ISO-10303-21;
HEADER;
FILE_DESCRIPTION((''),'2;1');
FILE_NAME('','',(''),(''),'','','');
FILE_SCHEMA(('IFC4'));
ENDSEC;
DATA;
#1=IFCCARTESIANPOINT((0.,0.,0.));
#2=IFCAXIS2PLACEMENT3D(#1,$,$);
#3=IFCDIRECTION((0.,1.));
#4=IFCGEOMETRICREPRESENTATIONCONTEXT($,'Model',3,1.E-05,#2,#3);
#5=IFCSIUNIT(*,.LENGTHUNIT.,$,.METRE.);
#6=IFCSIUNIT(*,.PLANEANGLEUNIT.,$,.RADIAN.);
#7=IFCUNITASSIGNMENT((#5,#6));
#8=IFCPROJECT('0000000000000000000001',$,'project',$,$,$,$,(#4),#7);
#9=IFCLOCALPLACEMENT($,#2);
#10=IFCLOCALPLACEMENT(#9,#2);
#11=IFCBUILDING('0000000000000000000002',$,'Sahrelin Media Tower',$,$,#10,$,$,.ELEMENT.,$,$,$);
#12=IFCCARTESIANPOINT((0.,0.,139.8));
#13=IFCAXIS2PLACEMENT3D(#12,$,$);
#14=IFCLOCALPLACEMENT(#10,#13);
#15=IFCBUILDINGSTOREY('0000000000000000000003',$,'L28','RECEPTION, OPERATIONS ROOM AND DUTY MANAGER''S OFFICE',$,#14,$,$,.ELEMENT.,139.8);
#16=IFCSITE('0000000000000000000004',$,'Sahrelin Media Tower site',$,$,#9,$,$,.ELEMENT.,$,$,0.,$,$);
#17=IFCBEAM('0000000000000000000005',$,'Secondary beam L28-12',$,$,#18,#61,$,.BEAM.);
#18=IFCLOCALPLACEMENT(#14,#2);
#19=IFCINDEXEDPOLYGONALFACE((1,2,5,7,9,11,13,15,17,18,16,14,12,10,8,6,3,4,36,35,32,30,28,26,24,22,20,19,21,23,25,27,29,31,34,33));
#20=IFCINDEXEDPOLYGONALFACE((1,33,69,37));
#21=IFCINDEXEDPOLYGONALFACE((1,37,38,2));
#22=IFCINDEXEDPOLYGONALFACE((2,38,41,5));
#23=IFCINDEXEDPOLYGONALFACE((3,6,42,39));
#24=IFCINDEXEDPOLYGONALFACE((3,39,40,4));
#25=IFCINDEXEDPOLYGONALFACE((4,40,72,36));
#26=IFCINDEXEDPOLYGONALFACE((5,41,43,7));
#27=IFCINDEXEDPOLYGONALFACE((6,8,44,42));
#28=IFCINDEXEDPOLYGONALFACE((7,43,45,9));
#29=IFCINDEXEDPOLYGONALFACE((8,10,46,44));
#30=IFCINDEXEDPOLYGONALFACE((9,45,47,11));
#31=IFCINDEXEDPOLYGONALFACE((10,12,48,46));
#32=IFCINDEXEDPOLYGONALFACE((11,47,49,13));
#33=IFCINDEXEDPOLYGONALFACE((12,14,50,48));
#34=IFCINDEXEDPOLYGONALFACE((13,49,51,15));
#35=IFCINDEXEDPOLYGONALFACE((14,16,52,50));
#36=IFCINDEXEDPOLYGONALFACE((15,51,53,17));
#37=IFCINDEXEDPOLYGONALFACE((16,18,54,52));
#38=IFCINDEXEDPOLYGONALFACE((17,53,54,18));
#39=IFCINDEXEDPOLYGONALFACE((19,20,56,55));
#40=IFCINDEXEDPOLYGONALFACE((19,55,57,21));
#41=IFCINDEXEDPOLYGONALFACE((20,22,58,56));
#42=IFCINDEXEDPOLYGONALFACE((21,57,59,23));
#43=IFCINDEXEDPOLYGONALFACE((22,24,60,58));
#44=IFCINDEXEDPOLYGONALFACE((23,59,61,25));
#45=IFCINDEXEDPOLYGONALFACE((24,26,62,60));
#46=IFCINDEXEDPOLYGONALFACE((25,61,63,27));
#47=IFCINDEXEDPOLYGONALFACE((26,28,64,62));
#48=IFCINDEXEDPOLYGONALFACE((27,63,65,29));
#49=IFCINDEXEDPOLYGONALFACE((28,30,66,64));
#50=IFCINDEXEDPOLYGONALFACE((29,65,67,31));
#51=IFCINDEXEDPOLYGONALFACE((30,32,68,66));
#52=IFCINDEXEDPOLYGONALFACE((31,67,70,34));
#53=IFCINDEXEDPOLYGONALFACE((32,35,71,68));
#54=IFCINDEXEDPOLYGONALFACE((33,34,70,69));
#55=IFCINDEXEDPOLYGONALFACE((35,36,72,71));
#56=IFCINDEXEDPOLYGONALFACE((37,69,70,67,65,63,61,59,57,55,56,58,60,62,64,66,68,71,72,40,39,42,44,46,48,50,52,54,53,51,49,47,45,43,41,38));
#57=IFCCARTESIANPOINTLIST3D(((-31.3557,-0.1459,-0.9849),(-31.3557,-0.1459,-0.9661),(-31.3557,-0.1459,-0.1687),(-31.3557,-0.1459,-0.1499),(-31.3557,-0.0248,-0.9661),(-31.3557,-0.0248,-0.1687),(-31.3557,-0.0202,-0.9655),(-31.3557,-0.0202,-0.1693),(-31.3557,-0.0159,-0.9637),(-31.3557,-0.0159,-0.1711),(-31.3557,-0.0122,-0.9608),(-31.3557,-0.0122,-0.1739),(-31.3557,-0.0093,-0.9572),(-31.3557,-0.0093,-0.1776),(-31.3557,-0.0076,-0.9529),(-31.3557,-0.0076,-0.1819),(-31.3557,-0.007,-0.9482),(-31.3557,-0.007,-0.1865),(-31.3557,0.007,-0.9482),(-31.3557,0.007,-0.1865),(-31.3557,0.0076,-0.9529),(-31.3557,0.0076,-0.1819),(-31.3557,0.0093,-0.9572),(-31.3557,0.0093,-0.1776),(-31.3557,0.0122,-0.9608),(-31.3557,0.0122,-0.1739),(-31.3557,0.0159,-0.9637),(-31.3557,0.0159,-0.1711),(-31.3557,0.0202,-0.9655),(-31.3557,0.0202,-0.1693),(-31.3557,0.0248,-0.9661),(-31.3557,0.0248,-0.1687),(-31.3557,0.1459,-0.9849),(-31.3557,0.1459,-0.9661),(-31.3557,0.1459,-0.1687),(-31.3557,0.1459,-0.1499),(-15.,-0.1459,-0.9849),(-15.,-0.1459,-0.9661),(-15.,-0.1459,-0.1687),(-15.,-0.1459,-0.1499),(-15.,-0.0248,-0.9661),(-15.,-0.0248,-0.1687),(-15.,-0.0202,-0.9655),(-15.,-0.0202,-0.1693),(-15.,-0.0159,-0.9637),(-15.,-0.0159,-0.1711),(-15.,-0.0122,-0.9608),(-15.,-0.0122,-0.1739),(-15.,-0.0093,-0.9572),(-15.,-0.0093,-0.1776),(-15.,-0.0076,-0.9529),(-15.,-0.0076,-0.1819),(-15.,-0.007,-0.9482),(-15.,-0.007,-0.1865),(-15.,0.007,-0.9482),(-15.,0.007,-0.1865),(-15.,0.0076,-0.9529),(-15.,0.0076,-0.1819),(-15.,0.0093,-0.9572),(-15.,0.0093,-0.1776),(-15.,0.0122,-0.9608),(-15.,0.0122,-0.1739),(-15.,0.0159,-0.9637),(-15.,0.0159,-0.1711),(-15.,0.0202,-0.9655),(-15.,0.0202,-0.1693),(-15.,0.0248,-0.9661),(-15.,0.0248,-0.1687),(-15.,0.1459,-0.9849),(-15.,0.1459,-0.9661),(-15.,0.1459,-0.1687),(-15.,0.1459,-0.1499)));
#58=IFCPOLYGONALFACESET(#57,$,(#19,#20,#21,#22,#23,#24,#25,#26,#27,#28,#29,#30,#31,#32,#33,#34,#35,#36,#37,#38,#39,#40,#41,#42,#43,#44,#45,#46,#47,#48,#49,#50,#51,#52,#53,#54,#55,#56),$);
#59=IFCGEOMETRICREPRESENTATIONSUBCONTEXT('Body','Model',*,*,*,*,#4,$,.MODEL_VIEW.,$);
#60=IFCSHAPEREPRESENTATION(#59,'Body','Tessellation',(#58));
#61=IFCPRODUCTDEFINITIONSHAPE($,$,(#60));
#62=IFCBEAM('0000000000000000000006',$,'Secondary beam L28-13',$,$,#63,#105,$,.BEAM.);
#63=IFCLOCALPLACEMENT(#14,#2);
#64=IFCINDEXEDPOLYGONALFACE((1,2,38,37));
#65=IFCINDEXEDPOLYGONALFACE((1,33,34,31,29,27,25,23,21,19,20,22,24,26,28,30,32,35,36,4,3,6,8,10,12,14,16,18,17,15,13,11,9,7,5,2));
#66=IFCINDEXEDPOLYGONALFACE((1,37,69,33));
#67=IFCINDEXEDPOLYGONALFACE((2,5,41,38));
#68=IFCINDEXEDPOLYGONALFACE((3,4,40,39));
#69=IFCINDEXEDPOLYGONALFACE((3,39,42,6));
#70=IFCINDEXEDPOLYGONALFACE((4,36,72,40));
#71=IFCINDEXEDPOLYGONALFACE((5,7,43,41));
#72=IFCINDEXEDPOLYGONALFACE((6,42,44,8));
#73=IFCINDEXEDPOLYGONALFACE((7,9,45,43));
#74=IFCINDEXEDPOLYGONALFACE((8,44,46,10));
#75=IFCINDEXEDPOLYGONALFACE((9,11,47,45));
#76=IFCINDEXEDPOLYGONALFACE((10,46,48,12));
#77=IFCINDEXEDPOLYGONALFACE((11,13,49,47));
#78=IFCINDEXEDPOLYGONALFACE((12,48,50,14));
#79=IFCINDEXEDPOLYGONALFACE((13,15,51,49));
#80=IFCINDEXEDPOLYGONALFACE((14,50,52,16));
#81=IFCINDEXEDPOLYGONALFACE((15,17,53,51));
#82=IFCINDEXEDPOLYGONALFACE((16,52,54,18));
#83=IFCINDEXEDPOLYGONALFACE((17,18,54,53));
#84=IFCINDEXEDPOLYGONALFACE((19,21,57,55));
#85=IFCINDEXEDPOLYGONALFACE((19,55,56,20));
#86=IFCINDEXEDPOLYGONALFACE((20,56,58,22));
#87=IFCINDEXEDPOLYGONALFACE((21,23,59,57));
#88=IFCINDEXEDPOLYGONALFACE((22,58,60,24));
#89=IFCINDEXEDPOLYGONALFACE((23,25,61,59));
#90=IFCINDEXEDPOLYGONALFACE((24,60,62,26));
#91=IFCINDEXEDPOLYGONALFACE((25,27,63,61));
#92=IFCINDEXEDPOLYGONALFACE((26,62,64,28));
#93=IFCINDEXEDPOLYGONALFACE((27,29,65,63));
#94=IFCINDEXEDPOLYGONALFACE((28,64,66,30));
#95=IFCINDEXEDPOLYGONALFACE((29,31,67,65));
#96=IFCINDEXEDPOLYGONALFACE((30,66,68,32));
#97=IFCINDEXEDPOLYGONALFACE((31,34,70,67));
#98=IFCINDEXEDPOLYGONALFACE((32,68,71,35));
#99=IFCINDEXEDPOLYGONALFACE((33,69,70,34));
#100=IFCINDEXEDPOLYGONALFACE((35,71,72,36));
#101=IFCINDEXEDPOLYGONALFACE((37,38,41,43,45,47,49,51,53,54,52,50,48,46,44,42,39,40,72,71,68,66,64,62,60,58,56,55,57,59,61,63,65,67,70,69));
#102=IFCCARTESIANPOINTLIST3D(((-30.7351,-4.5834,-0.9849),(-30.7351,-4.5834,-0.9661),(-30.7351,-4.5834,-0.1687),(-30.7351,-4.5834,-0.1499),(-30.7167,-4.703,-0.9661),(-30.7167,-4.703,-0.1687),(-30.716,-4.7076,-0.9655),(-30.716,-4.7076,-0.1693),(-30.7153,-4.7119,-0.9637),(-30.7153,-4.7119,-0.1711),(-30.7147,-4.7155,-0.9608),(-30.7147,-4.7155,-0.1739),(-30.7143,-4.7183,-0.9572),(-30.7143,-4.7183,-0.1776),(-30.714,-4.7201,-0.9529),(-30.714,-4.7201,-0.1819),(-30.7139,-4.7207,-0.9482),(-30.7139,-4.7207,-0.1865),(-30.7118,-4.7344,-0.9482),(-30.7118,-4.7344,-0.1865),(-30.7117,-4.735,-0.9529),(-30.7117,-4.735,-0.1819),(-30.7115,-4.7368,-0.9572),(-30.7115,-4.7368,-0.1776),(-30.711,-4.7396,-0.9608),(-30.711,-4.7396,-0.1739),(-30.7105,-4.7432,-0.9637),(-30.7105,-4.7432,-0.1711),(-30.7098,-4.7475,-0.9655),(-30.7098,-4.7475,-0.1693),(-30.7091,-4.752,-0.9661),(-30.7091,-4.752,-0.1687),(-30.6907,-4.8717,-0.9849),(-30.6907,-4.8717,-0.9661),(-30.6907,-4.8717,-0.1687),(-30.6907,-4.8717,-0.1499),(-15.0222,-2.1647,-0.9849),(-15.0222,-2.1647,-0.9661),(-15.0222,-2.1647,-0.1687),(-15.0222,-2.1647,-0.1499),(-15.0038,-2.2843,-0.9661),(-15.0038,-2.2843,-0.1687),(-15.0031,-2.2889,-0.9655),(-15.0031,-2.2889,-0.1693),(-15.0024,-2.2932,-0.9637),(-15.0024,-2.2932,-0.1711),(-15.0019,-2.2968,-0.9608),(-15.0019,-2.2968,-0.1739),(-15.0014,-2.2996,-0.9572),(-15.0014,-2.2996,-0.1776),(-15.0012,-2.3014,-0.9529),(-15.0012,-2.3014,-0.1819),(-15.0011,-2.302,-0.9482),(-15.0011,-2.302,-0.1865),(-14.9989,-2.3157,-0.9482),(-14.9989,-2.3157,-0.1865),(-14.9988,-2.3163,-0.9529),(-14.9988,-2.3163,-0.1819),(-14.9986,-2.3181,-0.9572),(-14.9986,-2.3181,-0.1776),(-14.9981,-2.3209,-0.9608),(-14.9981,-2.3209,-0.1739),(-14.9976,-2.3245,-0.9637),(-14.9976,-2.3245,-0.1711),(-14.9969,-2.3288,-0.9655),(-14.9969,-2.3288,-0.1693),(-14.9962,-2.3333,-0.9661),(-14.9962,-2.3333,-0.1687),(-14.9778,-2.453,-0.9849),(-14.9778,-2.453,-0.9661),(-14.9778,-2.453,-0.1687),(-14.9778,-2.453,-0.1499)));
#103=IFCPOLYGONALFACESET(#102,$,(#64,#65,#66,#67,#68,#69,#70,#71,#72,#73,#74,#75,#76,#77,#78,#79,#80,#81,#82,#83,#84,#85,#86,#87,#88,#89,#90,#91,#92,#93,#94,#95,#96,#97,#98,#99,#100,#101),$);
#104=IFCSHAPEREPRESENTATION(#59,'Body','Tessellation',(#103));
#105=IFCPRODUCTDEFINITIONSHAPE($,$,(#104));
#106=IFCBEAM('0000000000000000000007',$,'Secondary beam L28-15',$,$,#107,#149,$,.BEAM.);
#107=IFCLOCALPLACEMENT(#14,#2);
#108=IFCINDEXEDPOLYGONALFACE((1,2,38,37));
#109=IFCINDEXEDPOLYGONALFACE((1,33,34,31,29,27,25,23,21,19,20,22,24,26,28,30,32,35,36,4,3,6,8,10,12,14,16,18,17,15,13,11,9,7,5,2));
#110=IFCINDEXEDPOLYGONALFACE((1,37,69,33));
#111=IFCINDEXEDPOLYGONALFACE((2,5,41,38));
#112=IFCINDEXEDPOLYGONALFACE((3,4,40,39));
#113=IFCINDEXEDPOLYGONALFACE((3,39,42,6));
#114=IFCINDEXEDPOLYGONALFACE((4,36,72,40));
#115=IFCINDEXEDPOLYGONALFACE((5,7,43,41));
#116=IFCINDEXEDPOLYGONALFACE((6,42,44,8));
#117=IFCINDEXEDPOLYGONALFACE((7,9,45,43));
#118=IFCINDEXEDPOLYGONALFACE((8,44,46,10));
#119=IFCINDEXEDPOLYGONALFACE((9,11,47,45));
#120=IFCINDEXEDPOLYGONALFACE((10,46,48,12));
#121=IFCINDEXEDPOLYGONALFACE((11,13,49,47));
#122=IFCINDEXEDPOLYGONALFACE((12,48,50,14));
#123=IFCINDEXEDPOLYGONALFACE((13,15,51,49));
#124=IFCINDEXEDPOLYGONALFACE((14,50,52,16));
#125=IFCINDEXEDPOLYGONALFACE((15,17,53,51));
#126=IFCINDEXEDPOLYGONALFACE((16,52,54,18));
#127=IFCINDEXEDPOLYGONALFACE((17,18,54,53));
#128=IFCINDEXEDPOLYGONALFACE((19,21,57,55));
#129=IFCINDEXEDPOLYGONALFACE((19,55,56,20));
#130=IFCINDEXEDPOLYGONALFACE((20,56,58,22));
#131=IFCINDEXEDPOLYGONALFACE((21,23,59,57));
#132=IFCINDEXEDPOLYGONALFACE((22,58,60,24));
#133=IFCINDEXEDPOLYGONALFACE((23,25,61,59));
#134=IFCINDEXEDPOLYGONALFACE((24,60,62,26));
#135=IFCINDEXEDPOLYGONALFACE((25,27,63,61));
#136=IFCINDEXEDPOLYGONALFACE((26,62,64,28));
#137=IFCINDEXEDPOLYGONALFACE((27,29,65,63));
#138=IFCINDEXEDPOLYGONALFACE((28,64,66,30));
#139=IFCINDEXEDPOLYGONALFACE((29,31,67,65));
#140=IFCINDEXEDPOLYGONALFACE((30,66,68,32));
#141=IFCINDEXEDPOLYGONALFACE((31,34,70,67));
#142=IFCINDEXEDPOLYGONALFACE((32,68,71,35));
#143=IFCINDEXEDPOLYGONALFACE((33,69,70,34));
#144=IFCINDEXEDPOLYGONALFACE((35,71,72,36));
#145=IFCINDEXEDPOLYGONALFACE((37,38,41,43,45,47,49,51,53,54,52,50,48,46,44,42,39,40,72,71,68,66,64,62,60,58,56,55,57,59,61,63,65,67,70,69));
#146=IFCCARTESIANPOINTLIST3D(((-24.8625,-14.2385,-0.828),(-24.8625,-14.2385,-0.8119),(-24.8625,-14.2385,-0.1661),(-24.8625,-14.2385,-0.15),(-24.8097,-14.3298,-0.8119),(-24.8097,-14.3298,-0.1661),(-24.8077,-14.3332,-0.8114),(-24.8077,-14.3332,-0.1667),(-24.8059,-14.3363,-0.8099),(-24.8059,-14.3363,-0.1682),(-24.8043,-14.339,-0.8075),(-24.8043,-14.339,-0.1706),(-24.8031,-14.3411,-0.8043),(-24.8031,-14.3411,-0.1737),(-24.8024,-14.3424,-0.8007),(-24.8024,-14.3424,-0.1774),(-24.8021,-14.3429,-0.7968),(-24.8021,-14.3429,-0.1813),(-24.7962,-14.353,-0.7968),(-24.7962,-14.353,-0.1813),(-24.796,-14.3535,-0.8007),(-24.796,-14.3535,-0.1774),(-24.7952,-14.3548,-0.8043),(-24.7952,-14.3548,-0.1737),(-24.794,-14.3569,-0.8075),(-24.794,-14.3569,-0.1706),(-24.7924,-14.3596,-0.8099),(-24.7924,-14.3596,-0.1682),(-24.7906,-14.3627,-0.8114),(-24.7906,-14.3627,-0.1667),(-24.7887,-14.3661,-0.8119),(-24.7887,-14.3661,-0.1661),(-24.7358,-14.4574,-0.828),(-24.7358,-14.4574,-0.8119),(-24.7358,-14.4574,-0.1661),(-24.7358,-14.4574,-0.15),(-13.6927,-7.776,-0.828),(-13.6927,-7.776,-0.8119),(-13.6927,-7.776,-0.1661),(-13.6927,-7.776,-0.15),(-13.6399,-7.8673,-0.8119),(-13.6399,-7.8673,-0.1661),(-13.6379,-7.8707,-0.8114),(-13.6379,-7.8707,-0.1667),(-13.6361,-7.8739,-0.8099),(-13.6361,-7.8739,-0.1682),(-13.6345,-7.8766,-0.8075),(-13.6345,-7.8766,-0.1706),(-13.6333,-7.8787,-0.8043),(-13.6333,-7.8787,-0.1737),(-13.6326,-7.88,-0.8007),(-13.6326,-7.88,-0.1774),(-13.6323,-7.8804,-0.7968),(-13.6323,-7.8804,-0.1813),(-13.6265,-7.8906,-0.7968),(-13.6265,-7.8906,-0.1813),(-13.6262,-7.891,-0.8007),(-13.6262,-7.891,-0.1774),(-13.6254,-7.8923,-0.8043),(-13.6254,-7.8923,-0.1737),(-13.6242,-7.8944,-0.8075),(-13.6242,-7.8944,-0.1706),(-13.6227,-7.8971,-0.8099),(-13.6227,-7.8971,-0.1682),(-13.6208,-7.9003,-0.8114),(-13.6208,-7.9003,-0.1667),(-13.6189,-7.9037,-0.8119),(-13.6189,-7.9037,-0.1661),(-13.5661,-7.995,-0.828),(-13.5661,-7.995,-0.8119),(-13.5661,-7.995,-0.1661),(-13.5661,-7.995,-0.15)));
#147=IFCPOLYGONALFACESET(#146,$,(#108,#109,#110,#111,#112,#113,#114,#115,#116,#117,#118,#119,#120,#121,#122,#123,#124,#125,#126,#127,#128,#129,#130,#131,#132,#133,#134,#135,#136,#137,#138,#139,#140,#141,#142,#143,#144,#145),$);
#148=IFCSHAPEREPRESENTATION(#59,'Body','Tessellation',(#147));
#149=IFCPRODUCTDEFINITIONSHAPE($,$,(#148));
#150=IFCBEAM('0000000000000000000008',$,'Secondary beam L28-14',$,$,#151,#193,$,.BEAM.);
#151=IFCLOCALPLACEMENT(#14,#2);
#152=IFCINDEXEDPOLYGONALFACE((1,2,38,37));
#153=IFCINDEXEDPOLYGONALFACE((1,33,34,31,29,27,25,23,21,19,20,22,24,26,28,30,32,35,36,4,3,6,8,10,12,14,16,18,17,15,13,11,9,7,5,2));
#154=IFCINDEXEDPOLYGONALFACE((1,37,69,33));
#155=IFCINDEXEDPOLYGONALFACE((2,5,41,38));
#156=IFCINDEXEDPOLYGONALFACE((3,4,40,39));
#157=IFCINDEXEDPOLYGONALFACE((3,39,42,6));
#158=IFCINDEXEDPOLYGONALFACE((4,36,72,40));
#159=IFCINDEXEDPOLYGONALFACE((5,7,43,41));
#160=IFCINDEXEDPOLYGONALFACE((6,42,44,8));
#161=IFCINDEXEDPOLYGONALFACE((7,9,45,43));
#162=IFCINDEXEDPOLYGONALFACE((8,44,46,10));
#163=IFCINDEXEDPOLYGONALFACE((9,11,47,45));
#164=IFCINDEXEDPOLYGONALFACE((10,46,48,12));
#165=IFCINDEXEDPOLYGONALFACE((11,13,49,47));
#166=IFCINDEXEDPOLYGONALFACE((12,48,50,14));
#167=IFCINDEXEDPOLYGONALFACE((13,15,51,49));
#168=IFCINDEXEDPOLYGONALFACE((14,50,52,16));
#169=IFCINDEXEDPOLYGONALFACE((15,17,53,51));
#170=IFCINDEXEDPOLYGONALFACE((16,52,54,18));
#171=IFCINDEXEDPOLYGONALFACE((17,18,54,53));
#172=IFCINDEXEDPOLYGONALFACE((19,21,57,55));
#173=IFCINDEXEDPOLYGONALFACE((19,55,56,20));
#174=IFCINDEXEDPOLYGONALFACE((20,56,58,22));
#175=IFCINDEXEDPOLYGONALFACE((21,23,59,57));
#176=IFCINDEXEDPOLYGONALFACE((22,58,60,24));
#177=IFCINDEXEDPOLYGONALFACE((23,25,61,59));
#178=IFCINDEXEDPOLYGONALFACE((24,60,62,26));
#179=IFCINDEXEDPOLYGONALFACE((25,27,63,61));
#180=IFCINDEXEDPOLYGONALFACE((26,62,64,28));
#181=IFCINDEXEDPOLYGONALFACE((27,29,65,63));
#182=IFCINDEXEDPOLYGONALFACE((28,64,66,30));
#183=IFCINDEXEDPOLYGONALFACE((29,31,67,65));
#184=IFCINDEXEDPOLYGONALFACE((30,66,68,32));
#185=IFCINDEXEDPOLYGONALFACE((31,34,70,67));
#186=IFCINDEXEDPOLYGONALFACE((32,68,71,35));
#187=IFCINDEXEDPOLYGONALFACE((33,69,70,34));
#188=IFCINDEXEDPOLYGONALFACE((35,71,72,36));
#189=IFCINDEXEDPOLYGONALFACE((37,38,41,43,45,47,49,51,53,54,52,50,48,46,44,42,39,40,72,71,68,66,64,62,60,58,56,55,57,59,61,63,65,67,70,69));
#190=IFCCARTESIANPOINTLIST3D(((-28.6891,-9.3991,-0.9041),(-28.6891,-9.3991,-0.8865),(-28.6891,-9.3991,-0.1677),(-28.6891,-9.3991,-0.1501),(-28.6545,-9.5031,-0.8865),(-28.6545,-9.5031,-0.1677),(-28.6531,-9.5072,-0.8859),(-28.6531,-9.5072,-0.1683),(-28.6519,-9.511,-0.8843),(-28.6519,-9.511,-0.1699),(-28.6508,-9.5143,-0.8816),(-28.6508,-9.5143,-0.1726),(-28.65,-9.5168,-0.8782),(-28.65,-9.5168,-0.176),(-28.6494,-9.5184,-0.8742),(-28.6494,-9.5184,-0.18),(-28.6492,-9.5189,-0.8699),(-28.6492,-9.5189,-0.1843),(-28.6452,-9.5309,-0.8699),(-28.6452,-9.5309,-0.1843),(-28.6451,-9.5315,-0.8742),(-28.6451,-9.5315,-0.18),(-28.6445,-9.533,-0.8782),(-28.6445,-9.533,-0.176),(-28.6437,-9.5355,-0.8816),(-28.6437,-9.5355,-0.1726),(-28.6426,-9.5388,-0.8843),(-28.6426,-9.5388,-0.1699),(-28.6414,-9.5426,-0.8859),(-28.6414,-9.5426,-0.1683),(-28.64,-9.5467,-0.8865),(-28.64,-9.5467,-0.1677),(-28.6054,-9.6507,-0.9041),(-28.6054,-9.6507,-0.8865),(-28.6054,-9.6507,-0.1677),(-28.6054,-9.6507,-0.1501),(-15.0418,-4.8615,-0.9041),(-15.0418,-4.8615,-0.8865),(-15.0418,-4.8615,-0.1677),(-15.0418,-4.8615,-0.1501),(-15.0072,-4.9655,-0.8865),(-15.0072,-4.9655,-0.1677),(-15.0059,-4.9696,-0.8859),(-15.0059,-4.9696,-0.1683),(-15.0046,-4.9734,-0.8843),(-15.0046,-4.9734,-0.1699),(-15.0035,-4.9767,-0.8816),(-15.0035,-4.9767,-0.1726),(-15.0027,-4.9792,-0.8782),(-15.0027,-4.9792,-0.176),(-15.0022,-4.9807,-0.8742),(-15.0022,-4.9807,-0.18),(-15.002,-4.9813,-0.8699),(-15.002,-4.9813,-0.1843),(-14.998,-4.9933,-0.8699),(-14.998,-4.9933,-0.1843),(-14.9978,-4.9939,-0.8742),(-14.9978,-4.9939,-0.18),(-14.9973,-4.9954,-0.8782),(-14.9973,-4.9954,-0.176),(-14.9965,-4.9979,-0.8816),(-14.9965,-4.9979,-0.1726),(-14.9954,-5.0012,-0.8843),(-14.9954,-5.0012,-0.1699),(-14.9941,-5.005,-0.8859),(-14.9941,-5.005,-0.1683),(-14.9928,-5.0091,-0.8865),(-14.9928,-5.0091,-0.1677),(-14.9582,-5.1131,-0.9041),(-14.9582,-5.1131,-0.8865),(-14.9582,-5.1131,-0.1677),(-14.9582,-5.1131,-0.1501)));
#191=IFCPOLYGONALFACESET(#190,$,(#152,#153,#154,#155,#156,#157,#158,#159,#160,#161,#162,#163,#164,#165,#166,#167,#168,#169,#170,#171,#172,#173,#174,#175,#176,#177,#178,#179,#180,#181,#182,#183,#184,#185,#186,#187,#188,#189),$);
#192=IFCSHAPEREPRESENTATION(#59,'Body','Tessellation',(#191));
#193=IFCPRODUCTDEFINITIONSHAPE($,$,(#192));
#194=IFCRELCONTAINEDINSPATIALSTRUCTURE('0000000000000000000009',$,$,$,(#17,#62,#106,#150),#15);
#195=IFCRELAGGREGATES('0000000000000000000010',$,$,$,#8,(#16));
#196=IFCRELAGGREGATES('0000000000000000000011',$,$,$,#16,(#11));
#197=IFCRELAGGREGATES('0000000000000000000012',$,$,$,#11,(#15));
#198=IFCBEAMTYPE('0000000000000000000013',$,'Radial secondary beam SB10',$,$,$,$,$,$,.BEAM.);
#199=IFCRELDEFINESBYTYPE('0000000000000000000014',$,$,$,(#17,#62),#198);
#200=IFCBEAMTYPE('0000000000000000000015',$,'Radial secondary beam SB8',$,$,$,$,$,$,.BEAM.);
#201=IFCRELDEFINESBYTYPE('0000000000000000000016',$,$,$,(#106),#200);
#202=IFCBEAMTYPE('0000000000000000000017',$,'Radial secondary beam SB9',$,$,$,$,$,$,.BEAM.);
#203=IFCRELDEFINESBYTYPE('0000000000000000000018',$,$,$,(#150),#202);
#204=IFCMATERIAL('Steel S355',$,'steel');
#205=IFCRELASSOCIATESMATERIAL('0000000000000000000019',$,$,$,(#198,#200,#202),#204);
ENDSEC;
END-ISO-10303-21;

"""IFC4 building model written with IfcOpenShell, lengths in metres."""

from ifc_helpers import new_model, si_unit, direction, frame, origin, origin_2d, place, context, subcontext, project, spatial, i_section, extrude, material, material_profile, profile_set, type_object, element, save


model = new_model("IFC4")

# Units and contexts
model_context = context("Model", 3, precision=1e-05, world=origin(), true_north=direction((0.0, 1.0)))
body_context = subcontext(model_context, "Body", "Model", "MODEL_VIEW")
ifc_project = project(units=[si_unit("LENGTHUNIT", "METRE"), si_unit("PLANEANGLEUNIT", "RADIAN")], contexts=[model_context])

# Site, building, storey
site_placement = place(None, origin())
site = spatial("IfcSite", under=ifc_project, at=site_placement, Name="Sahrelin Media Tower site", CompositionType="ELEMENT", RefElevation=0.0)
building_placement = place(site_placement, origin())
building = spatial("IfcBuilding", under=site, at=building_placement, Name="Sahrelin Media Tower", CompositionType="ELEMENT")
storey_placement = place(building_placement, frame((0.0, 0.0, 139.8)))
storey = spatial("IfcBuildingStorey", under=building, at=storey_placement, Name="L28", Description="RECEPTION, OPERATIONS ROOM AND DUTY MANAGER'S OFFICE", CompositionType="ELEMENT", Elevation=139.8)

# Beams
ifc_material_1 = material(Name="Steel S355", Category="steel")
ifc_material_profile_1 = material_profile(ifc_material_1, i_section(OverallWidth=0.2917, OverallDepth=0.835, WebThickness=0.0139, FlangeThickness=0.0188, FilletRadius=0.0178, at=origin_2d()), Name="UB 838x292x176")
ifc_profile_set_1 = profile_set([ifc_material_profile_1], Name="Steel S355")
beam_type_1 = type_object("IfcBeamType", Name="Radial secondary beam SB10", PredefinedType="BEAM", material=ifc_profile_set_1)
beam_1_placement = place(storey_placement, frame((-15.0, 0.0, -0.5674), z_axis=(-1.0, 0.0, 0.0), x_axis=(0.0, -1.0, 0.0)))
element("IfcBeam", 1, at=beam_1_placement, inside=storey, type_object=beam_type_1, Name="Secondary beam L28-12", PredefinedType="BEAM", context=body_context, shape_type="SweptSolid", body=[
    extrude(i_section(OverallWidth=0.2917, OverallDepth=0.835, WebThickness=0.0139, FlangeThickness=0.0188, FilletRadius=0.0178, at=origin_2d()), origin(), (0.0, 0.0, 1.0), 16.3557),
])
beam_2_placement = place(storey_placement, frame((-15.0, -2.3088, -0.5674), z_axis=(-0.988359, -0.152139, 0.0), x_axis=(0.152139, -0.988359, 0.0)))
element("IfcBeam", 2, at=beam_2_placement, inside=storey, type_object=beam_type_1, Name="Secondary beam L28-13", PredefinedType="BEAM", context=body_context, shape_type="SweptSolid", body=[
    extrude(i_section(OverallWidth=0.2917, OverallDepth=0.835, WebThickness=0.0139, FlangeThickness=0.0188, FilletRadius=0.0178, at=origin_2d()), origin(), (0.0, 0.0, 1.0), 15.8979),
])
ifc_material_profile_2 = material_profile(ifc_material_1, i_section(OverallWidth=0.2529, OverallDepth=0.678, WebThickness=0.0117, FlangeThickness=0.0161, FilletRadius=0.0151, at=origin_2d()), Name="UB 686x254x125")
ifc_profile_set_2 = profile_set([ifc_material_profile_2], Name="Steel S355")
beam_type_2 = type_object("IfcBeamType", Name="Radial secondary beam SB8", PredefinedType="BEAM", material=ifc_profile_set_2)
beam_3_placement = place(storey_placement, frame((-13.6294, -7.8855, -0.489), z_axis=(-0.865569, -0.500789, 0.0), x_axis=(0.500789, -0.865569, 0.0)))
element("IfcBeam", 3, at=beam_3_placement, inside=storey, type_object=beam_type_2, Name="Secondary beam L28-15", PredefinedType="BEAM", context=body_context, shape_type="SweptSolid", body=[
    extrude(i_section(OverallWidth=0.2529, OverallDepth=0.678, WebThickness=0.0117, FlangeThickness=0.0161, FilletRadius=0.0151, at=origin_2d()), origin(), (0.0, 0.0, 1.0), 12.9045),
])
ifc_material_profile_3 = material_profile(ifc_material_1, i_section(OverallWidth=0.2651, OverallDepth=0.7539, WebThickness=0.0127, FlangeThickness=0.0176, FilletRadius=0.0166, at=origin_2d()), Name="UB 762x267x147")
ifc_profile_set_3 = profile_set([ifc_material_profile_3], Name="Steel S355")
beam_type_3 = type_object("IfcBeamType", Name="Radial secondary beam SB9", PredefinedType="BEAM", material=ifc_profile_set_3)
beam_4_placement = place(storey_placement, frame((-15.0, -4.9873, -0.5271), z_axis=(-0.948922, -0.31551, 0.0), x_axis=(0.31551, -0.948922, 0.0)))
element("IfcBeam", 4, at=beam_4_placement, inside=storey, type_object=beam_type_3, Name="Secondary beam L28-14", PredefinedType="BEAM", context=body_context, shape_type="SweptSolid", body=[
    extrude(i_section(OverallWidth=0.2651, OverallDepth=0.7539, WebThickness=0.0127, FlangeThickness=0.0176, FilletRadius=0.0166, at=origin_2d()), origin(), (0.0, 0.0, 1.0), 14.3818),
])

save(model, "model.ifc")
